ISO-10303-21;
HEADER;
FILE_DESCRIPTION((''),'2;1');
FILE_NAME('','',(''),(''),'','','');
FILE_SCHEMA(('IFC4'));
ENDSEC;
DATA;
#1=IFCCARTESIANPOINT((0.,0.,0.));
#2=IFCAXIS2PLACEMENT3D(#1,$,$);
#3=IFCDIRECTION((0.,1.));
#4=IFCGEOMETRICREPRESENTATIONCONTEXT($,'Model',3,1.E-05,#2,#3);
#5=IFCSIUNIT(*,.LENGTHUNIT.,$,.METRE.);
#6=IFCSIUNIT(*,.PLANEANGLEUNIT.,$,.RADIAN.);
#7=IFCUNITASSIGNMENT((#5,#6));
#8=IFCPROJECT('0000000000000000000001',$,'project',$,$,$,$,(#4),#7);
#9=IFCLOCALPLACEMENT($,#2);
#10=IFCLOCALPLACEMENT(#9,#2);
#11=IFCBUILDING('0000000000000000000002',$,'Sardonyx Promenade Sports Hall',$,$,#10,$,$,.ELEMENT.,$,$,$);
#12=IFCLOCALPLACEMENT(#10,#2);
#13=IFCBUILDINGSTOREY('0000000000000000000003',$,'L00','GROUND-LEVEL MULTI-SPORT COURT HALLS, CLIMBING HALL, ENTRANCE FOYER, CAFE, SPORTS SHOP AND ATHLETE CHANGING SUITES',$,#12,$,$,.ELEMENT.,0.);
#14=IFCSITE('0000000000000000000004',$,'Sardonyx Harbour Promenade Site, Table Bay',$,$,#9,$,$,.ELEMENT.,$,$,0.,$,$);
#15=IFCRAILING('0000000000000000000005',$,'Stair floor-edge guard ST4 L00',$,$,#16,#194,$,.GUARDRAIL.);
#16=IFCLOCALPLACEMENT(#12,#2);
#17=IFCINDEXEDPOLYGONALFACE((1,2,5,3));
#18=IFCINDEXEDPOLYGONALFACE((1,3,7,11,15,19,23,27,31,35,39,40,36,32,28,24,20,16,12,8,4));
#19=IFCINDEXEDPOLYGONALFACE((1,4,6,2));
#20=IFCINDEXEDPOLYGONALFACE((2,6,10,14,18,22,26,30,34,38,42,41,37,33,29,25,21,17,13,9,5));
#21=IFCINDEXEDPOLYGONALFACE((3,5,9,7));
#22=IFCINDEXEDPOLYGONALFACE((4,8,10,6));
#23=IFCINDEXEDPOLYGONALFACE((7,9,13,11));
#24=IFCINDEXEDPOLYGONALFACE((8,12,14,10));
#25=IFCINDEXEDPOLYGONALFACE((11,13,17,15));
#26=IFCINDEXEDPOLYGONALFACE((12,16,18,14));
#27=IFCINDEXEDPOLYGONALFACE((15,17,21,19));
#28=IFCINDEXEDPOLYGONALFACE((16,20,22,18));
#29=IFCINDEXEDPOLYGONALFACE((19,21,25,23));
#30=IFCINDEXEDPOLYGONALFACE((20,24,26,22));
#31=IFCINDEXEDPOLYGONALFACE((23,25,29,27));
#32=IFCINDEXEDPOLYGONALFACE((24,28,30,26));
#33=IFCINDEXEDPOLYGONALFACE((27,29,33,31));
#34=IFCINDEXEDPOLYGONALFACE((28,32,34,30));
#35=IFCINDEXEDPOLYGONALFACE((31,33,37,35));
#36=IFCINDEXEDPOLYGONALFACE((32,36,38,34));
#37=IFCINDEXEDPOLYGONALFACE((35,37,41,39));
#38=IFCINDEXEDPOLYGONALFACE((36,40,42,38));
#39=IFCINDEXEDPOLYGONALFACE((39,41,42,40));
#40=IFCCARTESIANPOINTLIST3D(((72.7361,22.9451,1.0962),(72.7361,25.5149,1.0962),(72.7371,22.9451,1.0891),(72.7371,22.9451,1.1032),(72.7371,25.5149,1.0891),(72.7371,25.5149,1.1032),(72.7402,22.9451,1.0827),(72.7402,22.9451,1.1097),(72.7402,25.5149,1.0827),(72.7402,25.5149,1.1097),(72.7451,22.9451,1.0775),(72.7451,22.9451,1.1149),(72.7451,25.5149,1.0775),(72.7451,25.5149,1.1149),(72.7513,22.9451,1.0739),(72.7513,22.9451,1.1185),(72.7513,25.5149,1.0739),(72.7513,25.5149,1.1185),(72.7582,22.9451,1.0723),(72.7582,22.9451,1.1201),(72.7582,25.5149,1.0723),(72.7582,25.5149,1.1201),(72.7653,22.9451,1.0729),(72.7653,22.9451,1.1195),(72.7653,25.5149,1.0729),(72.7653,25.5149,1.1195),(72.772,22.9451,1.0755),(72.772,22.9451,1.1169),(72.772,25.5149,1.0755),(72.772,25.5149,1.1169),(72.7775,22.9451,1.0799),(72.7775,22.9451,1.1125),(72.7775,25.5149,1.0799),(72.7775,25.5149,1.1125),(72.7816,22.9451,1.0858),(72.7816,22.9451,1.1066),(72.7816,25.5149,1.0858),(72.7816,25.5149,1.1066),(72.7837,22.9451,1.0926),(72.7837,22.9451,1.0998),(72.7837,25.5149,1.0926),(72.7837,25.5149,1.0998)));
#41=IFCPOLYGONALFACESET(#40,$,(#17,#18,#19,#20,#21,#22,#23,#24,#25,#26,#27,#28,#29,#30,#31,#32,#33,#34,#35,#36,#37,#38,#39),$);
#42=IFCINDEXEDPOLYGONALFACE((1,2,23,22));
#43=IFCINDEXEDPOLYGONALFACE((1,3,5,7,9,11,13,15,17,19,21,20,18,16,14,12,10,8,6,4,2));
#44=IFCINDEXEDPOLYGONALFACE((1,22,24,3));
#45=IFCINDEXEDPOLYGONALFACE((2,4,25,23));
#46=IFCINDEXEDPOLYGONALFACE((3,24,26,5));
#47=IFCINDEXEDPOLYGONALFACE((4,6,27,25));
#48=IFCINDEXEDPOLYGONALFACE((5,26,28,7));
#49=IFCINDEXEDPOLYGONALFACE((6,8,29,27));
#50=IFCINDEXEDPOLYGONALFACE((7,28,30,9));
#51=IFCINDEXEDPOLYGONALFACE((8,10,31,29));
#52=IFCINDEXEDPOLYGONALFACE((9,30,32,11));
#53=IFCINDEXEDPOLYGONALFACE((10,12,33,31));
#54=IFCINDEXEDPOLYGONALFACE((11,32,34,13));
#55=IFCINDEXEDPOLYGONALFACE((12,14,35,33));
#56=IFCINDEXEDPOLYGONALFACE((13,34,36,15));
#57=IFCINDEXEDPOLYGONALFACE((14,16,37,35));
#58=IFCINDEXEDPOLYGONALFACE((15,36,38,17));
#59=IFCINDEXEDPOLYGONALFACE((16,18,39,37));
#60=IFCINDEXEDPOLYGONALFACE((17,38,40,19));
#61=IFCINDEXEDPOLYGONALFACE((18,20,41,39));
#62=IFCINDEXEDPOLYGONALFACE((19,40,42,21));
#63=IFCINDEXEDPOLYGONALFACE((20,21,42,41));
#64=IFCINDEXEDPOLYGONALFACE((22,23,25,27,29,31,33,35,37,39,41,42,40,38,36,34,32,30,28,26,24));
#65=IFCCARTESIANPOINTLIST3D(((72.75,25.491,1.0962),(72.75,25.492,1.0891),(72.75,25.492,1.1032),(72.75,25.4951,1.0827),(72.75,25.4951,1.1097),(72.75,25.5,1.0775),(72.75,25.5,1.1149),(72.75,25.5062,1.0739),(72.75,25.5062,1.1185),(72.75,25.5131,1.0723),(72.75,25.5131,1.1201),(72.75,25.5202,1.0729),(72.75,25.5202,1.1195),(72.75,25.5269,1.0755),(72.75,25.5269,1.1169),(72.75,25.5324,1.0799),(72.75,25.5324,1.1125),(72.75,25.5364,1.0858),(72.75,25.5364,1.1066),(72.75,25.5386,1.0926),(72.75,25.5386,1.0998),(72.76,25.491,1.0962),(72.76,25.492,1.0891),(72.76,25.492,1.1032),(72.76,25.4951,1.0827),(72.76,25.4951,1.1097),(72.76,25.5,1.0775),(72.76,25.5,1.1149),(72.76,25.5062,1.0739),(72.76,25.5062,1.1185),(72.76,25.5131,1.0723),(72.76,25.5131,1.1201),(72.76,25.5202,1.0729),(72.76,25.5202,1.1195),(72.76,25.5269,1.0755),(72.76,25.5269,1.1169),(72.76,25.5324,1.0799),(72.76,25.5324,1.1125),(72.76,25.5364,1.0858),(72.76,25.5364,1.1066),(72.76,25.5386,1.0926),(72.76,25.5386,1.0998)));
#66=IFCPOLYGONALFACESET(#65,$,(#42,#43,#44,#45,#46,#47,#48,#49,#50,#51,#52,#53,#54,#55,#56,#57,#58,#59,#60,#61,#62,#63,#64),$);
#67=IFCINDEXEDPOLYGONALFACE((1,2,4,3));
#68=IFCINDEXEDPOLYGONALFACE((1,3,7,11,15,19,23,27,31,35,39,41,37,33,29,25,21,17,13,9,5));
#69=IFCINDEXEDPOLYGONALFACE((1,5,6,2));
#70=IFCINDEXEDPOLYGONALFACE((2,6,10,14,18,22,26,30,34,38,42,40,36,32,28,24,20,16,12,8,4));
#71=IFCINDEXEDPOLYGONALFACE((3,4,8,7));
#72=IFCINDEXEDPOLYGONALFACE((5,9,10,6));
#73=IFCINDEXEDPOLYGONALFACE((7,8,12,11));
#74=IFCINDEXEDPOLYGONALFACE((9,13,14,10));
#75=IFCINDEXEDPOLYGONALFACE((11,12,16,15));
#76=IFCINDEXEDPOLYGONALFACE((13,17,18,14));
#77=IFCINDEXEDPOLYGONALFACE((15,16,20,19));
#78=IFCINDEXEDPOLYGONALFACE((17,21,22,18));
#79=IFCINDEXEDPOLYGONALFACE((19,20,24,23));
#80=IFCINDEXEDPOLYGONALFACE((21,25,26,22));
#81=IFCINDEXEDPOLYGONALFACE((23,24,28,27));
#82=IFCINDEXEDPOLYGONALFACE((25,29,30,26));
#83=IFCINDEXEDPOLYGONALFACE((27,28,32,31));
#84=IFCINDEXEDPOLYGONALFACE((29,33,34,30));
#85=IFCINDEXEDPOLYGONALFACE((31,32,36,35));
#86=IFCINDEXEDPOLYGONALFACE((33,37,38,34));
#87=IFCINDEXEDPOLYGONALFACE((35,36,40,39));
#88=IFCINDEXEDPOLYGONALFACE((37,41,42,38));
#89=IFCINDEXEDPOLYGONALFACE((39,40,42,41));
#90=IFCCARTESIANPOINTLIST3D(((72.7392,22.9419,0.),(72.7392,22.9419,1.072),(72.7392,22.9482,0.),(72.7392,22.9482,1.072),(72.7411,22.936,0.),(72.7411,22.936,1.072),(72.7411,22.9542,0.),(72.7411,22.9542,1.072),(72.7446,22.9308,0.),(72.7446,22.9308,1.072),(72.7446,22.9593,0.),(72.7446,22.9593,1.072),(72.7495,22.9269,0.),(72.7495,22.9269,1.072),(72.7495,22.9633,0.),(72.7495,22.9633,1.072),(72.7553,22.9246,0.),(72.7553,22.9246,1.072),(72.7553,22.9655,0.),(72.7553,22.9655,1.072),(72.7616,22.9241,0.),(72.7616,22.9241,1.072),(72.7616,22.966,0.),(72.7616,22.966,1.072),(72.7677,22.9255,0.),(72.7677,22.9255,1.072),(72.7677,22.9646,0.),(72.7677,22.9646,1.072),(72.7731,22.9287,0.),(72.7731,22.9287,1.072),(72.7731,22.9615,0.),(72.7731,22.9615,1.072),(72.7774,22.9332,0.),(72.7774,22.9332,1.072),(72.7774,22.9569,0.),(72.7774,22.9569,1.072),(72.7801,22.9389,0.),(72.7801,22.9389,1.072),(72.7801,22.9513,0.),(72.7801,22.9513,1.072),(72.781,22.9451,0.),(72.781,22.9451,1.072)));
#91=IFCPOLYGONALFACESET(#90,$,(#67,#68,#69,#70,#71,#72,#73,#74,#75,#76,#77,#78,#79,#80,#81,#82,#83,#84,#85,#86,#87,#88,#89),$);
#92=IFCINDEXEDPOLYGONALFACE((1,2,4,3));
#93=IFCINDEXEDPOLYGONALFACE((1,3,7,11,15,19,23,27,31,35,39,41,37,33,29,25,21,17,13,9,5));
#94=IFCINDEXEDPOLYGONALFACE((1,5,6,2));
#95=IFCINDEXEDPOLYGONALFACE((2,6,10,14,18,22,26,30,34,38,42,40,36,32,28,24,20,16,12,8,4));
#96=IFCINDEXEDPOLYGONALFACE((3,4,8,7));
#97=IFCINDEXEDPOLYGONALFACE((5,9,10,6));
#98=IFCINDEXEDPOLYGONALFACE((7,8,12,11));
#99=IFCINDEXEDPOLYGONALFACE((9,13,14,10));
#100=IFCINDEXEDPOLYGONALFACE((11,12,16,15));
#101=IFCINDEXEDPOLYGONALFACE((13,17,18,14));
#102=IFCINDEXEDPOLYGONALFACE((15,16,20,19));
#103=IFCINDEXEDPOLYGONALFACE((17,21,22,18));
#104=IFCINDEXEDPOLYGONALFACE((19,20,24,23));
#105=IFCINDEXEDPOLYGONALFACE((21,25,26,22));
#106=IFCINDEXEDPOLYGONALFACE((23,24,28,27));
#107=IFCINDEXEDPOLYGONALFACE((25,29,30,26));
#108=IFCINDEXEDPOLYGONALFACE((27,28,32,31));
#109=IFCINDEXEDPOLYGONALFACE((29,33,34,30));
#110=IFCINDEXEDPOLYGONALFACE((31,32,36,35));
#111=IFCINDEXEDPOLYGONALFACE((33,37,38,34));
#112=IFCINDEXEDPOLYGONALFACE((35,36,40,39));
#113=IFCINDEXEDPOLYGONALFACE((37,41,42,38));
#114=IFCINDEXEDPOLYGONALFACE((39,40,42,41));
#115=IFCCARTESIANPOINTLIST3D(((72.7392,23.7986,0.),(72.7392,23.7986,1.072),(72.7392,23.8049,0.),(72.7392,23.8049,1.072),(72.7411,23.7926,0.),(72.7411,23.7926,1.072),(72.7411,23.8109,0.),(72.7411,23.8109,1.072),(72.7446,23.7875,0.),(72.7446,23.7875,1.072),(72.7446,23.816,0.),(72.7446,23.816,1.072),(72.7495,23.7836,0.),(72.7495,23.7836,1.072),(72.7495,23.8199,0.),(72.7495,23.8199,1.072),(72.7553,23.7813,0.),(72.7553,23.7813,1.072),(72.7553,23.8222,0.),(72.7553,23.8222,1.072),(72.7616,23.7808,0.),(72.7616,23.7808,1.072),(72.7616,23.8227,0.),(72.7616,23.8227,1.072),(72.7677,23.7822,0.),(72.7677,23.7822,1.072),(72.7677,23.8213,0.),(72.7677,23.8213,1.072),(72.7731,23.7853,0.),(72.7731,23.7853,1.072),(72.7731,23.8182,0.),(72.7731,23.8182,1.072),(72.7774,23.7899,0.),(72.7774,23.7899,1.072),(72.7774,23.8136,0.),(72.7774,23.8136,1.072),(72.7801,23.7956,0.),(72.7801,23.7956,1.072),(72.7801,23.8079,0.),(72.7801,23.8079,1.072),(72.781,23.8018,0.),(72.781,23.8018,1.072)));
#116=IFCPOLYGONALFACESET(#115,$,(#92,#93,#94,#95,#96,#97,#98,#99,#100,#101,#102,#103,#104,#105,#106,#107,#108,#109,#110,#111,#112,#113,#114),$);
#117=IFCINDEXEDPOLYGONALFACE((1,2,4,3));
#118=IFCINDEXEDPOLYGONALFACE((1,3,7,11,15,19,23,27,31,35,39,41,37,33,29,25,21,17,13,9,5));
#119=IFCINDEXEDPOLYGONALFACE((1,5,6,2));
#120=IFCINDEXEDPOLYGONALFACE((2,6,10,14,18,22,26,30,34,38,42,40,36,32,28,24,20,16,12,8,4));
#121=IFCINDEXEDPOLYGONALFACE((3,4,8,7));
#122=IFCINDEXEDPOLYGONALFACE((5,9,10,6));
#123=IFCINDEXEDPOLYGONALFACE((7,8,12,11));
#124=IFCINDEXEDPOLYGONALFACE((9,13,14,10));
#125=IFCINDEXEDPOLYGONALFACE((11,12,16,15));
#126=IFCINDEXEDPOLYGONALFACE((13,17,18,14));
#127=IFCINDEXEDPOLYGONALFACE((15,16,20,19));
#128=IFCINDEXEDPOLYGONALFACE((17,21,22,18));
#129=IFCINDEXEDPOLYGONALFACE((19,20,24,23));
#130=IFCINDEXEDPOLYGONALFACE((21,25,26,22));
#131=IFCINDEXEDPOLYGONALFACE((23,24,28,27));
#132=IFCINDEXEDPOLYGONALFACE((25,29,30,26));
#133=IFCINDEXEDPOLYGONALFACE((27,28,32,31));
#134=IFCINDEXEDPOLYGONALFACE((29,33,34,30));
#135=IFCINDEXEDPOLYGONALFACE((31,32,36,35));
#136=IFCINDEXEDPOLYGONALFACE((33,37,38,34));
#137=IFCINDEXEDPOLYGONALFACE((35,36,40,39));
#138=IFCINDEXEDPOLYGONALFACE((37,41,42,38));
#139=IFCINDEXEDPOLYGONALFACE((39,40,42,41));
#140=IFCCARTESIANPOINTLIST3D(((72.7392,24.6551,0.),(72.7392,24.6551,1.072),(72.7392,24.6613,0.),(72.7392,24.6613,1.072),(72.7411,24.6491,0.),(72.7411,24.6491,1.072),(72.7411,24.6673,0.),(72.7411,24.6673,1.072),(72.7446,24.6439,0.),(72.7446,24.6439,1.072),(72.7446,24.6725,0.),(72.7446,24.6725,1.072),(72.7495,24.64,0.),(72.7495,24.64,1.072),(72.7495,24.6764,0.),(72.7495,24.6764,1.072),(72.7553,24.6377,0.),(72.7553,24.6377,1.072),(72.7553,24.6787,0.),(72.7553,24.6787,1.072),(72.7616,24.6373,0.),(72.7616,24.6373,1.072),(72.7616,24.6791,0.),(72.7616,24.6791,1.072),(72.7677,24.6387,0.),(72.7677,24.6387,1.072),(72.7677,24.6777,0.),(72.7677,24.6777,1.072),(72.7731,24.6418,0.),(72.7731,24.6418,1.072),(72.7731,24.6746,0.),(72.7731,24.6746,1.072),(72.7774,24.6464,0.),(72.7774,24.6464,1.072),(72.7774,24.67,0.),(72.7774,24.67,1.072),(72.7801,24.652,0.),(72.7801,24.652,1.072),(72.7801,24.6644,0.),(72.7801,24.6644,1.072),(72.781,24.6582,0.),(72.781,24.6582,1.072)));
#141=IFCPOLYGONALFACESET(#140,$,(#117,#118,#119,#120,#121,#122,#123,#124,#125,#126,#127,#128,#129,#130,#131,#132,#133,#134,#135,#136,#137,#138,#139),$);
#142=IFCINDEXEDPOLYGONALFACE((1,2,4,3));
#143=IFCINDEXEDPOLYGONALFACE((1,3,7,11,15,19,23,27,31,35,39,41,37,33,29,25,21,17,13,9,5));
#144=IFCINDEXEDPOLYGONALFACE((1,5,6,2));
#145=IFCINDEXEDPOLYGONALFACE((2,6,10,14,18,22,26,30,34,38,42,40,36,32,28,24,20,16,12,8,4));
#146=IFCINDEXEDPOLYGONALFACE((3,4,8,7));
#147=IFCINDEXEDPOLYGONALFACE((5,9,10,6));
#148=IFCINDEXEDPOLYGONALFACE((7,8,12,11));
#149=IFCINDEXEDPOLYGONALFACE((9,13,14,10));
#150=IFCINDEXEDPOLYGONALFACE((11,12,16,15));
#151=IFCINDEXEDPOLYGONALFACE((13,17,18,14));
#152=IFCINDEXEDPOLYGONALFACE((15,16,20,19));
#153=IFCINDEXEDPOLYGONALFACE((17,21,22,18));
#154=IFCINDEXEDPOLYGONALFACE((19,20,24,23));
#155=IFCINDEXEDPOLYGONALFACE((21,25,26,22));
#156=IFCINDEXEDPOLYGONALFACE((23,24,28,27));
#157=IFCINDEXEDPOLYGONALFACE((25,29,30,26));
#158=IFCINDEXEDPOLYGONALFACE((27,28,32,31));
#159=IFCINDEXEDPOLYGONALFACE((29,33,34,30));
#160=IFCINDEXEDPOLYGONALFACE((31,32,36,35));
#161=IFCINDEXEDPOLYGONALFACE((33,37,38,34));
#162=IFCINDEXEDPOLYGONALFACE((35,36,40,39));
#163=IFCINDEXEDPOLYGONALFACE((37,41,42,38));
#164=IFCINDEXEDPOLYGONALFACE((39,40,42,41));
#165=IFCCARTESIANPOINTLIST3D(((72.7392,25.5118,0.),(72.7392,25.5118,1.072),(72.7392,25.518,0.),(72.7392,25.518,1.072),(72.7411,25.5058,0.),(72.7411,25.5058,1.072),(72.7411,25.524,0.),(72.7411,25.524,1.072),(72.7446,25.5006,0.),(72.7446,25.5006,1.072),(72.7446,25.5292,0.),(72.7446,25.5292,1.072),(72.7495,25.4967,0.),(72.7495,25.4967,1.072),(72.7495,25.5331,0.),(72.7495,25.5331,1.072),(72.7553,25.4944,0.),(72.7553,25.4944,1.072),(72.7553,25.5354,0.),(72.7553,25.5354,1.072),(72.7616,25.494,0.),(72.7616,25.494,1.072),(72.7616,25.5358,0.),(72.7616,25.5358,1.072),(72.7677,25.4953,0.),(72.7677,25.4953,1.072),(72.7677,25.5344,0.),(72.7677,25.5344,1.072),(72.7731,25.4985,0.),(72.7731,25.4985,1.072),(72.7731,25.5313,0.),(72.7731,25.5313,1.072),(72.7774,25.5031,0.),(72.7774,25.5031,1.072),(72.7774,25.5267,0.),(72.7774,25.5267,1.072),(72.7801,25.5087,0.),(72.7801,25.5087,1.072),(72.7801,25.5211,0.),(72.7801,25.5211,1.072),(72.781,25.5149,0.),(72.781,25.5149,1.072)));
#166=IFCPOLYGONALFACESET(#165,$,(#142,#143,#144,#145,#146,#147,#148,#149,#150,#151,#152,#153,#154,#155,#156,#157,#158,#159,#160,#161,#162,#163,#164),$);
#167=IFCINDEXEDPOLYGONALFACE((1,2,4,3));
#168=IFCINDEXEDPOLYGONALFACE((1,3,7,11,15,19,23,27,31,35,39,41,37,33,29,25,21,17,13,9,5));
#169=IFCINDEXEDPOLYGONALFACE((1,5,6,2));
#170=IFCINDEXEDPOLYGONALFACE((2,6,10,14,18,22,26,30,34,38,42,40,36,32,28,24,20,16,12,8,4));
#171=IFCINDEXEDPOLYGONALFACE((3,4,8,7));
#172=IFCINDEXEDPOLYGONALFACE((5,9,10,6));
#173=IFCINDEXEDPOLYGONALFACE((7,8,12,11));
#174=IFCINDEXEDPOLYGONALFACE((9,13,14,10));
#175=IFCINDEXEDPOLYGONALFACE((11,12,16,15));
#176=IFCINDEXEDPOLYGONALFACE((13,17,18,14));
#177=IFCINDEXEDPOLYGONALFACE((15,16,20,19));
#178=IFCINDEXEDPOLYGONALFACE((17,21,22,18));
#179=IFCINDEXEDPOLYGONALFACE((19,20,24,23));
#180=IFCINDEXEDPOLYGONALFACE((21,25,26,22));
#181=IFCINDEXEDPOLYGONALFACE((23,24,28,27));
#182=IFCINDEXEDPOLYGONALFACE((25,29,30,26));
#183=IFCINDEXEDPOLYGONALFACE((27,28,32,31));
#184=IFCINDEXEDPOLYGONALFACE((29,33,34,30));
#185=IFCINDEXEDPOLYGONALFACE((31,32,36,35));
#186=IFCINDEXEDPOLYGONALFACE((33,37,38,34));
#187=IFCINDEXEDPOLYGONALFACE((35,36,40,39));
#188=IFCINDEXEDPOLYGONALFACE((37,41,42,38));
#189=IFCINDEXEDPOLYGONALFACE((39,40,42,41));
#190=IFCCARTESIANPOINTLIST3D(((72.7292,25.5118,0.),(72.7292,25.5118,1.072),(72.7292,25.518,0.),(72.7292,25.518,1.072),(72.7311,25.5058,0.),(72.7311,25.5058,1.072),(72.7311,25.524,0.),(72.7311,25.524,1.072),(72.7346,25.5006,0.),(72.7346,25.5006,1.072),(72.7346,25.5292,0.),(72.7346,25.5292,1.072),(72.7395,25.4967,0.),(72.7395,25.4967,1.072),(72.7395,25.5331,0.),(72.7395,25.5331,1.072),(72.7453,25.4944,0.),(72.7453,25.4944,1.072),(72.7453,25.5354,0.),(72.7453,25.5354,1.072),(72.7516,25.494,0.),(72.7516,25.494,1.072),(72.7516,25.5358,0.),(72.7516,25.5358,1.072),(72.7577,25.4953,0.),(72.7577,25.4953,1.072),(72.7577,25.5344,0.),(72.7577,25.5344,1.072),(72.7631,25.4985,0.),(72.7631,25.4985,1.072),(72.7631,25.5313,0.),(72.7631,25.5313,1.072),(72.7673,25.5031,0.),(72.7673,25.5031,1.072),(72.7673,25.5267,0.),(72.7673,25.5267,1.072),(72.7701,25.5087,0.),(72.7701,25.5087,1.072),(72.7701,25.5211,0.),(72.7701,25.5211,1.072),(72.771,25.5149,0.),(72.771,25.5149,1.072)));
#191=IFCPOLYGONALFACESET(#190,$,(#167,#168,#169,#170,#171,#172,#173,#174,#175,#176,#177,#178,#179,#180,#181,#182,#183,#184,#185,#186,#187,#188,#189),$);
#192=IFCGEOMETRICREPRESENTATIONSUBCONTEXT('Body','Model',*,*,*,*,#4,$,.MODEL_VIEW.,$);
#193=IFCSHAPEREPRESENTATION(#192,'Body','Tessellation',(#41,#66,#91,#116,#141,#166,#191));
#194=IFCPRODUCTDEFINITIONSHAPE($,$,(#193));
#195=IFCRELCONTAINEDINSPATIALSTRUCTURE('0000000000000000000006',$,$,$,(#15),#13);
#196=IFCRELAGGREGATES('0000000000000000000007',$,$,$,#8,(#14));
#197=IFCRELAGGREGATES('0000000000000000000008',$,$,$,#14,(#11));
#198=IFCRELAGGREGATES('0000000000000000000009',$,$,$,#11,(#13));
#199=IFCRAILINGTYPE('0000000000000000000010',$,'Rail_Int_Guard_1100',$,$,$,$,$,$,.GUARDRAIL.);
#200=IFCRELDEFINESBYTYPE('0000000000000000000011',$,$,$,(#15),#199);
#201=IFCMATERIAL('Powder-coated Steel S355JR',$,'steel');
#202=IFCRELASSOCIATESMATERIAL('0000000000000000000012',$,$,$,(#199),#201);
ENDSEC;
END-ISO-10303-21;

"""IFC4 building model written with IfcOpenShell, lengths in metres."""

from ifc_helpers import new_model, si_unit, direction, frame, origin, origin_2d, place, context, subcontext, project, spatial, circle, extrude, material, type_object, element, save


model = new_model("IFC4")

# Units and contexts
model_context = context("Model", 3, precision=1e-05, world=origin(), true_north=direction((0.0, 1.0)))
body_context = subcontext(model_context, "Body", "Model", "MODEL_VIEW")
ifc_project = project(units=[si_unit("LENGTHUNIT", "METRE"), si_unit("PLANEANGLEUNIT", "RADIAN")], contexts=[model_context])

# Site, building, storey
site_placement = place(None, origin())
site = spatial("IfcSite", under=ifc_project, at=site_placement, Name="Sardonyx Harbour Promenade Site, Table Bay", CompositionType="ELEMENT", RefElevation=0.0)
building_placement = place(site_placement, origin())
building = spatial("IfcBuilding", under=site, at=building_placement, Name="Sardonyx Promenade Sports Hall", CompositionType="ELEMENT")
storey_placement = place(building_placement, origin())
storey = spatial("IfcBuildingStorey", under=building, at=storey_placement, Name="L00", Description="GROUND-LEVEL MULTI-SPORT COURT HALLS, CLIMBING HALL, ENTRANCE FOYER, CAFE, SPORTS SHOP AND ATHLETE CHANGING SUITES", CompositionType="ELEMENT", Elevation=0.0)

# Railing
ifc_material_1 = material(Name="Powder-coated Steel S355JR", Category="steel")
railing_type_1 = type_object("IfcRailingType", Name="Rail_Int_Guard_1100", PredefinedType="GUARDRAIL", material=ifc_material_1)
railing_1_placement = place(storey_placement, frame((72.76, 22.9451, 0.0)))
element("IfcRailing", 1, at=railing_1_placement, inside=storey, type_object=railing_type_1, Name="Stair floor-edge guard ST4 L00", PredefinedType="GUARDRAIL", context=body_context, shape_type="SweptSolid", body=[
    extrude(circle(Radius=0.0239, at=origin_2d()), frame((0.0, 0.0, 1.0962), z_axis=(0.0, 1.0, 0.0), x_axis=(-1.0, 0.0, 0.0)), (0.0, 0.0, 1.0), 2.5698),
    extrude(circle(Radius=0.0239, at=origin_2d()), frame((0.0, 2.5698, 1.0962), z_axis=(-1.0, 0.0, 0.0), x_axis=(0.0, -1.0, 0.0)), (0.0, 0.0, 1.0), 0.01),
    extrude(circle(Radius=0.021, at=origin_2d()), origin(), (0.0, 0.0, 1.0), 1.072),
    extrude(circle(Radius=0.021, at=origin_2d()), frame((0.0, 0.8567, 0.0)), (0.0, 0.0, 1.0), 1.072),
    extrude(circle(Radius=0.021, at=origin_2d()), frame((0.0, 1.7131, 0.0)), (0.0, 0.0, 1.0), 1.072),
    extrude(circle(Radius=0.021, at=origin_2d()), frame((0.0, 2.5698, 0.0)), (0.0, 0.0, 1.0), 1.072),
    extrude(circle(Radius=0.021, at=origin_2d()), frame((-0.01, 2.5698, 0.0)), (0.0, 0.0, 1.0), 1.072),
])

save(model, "model.ifc")
